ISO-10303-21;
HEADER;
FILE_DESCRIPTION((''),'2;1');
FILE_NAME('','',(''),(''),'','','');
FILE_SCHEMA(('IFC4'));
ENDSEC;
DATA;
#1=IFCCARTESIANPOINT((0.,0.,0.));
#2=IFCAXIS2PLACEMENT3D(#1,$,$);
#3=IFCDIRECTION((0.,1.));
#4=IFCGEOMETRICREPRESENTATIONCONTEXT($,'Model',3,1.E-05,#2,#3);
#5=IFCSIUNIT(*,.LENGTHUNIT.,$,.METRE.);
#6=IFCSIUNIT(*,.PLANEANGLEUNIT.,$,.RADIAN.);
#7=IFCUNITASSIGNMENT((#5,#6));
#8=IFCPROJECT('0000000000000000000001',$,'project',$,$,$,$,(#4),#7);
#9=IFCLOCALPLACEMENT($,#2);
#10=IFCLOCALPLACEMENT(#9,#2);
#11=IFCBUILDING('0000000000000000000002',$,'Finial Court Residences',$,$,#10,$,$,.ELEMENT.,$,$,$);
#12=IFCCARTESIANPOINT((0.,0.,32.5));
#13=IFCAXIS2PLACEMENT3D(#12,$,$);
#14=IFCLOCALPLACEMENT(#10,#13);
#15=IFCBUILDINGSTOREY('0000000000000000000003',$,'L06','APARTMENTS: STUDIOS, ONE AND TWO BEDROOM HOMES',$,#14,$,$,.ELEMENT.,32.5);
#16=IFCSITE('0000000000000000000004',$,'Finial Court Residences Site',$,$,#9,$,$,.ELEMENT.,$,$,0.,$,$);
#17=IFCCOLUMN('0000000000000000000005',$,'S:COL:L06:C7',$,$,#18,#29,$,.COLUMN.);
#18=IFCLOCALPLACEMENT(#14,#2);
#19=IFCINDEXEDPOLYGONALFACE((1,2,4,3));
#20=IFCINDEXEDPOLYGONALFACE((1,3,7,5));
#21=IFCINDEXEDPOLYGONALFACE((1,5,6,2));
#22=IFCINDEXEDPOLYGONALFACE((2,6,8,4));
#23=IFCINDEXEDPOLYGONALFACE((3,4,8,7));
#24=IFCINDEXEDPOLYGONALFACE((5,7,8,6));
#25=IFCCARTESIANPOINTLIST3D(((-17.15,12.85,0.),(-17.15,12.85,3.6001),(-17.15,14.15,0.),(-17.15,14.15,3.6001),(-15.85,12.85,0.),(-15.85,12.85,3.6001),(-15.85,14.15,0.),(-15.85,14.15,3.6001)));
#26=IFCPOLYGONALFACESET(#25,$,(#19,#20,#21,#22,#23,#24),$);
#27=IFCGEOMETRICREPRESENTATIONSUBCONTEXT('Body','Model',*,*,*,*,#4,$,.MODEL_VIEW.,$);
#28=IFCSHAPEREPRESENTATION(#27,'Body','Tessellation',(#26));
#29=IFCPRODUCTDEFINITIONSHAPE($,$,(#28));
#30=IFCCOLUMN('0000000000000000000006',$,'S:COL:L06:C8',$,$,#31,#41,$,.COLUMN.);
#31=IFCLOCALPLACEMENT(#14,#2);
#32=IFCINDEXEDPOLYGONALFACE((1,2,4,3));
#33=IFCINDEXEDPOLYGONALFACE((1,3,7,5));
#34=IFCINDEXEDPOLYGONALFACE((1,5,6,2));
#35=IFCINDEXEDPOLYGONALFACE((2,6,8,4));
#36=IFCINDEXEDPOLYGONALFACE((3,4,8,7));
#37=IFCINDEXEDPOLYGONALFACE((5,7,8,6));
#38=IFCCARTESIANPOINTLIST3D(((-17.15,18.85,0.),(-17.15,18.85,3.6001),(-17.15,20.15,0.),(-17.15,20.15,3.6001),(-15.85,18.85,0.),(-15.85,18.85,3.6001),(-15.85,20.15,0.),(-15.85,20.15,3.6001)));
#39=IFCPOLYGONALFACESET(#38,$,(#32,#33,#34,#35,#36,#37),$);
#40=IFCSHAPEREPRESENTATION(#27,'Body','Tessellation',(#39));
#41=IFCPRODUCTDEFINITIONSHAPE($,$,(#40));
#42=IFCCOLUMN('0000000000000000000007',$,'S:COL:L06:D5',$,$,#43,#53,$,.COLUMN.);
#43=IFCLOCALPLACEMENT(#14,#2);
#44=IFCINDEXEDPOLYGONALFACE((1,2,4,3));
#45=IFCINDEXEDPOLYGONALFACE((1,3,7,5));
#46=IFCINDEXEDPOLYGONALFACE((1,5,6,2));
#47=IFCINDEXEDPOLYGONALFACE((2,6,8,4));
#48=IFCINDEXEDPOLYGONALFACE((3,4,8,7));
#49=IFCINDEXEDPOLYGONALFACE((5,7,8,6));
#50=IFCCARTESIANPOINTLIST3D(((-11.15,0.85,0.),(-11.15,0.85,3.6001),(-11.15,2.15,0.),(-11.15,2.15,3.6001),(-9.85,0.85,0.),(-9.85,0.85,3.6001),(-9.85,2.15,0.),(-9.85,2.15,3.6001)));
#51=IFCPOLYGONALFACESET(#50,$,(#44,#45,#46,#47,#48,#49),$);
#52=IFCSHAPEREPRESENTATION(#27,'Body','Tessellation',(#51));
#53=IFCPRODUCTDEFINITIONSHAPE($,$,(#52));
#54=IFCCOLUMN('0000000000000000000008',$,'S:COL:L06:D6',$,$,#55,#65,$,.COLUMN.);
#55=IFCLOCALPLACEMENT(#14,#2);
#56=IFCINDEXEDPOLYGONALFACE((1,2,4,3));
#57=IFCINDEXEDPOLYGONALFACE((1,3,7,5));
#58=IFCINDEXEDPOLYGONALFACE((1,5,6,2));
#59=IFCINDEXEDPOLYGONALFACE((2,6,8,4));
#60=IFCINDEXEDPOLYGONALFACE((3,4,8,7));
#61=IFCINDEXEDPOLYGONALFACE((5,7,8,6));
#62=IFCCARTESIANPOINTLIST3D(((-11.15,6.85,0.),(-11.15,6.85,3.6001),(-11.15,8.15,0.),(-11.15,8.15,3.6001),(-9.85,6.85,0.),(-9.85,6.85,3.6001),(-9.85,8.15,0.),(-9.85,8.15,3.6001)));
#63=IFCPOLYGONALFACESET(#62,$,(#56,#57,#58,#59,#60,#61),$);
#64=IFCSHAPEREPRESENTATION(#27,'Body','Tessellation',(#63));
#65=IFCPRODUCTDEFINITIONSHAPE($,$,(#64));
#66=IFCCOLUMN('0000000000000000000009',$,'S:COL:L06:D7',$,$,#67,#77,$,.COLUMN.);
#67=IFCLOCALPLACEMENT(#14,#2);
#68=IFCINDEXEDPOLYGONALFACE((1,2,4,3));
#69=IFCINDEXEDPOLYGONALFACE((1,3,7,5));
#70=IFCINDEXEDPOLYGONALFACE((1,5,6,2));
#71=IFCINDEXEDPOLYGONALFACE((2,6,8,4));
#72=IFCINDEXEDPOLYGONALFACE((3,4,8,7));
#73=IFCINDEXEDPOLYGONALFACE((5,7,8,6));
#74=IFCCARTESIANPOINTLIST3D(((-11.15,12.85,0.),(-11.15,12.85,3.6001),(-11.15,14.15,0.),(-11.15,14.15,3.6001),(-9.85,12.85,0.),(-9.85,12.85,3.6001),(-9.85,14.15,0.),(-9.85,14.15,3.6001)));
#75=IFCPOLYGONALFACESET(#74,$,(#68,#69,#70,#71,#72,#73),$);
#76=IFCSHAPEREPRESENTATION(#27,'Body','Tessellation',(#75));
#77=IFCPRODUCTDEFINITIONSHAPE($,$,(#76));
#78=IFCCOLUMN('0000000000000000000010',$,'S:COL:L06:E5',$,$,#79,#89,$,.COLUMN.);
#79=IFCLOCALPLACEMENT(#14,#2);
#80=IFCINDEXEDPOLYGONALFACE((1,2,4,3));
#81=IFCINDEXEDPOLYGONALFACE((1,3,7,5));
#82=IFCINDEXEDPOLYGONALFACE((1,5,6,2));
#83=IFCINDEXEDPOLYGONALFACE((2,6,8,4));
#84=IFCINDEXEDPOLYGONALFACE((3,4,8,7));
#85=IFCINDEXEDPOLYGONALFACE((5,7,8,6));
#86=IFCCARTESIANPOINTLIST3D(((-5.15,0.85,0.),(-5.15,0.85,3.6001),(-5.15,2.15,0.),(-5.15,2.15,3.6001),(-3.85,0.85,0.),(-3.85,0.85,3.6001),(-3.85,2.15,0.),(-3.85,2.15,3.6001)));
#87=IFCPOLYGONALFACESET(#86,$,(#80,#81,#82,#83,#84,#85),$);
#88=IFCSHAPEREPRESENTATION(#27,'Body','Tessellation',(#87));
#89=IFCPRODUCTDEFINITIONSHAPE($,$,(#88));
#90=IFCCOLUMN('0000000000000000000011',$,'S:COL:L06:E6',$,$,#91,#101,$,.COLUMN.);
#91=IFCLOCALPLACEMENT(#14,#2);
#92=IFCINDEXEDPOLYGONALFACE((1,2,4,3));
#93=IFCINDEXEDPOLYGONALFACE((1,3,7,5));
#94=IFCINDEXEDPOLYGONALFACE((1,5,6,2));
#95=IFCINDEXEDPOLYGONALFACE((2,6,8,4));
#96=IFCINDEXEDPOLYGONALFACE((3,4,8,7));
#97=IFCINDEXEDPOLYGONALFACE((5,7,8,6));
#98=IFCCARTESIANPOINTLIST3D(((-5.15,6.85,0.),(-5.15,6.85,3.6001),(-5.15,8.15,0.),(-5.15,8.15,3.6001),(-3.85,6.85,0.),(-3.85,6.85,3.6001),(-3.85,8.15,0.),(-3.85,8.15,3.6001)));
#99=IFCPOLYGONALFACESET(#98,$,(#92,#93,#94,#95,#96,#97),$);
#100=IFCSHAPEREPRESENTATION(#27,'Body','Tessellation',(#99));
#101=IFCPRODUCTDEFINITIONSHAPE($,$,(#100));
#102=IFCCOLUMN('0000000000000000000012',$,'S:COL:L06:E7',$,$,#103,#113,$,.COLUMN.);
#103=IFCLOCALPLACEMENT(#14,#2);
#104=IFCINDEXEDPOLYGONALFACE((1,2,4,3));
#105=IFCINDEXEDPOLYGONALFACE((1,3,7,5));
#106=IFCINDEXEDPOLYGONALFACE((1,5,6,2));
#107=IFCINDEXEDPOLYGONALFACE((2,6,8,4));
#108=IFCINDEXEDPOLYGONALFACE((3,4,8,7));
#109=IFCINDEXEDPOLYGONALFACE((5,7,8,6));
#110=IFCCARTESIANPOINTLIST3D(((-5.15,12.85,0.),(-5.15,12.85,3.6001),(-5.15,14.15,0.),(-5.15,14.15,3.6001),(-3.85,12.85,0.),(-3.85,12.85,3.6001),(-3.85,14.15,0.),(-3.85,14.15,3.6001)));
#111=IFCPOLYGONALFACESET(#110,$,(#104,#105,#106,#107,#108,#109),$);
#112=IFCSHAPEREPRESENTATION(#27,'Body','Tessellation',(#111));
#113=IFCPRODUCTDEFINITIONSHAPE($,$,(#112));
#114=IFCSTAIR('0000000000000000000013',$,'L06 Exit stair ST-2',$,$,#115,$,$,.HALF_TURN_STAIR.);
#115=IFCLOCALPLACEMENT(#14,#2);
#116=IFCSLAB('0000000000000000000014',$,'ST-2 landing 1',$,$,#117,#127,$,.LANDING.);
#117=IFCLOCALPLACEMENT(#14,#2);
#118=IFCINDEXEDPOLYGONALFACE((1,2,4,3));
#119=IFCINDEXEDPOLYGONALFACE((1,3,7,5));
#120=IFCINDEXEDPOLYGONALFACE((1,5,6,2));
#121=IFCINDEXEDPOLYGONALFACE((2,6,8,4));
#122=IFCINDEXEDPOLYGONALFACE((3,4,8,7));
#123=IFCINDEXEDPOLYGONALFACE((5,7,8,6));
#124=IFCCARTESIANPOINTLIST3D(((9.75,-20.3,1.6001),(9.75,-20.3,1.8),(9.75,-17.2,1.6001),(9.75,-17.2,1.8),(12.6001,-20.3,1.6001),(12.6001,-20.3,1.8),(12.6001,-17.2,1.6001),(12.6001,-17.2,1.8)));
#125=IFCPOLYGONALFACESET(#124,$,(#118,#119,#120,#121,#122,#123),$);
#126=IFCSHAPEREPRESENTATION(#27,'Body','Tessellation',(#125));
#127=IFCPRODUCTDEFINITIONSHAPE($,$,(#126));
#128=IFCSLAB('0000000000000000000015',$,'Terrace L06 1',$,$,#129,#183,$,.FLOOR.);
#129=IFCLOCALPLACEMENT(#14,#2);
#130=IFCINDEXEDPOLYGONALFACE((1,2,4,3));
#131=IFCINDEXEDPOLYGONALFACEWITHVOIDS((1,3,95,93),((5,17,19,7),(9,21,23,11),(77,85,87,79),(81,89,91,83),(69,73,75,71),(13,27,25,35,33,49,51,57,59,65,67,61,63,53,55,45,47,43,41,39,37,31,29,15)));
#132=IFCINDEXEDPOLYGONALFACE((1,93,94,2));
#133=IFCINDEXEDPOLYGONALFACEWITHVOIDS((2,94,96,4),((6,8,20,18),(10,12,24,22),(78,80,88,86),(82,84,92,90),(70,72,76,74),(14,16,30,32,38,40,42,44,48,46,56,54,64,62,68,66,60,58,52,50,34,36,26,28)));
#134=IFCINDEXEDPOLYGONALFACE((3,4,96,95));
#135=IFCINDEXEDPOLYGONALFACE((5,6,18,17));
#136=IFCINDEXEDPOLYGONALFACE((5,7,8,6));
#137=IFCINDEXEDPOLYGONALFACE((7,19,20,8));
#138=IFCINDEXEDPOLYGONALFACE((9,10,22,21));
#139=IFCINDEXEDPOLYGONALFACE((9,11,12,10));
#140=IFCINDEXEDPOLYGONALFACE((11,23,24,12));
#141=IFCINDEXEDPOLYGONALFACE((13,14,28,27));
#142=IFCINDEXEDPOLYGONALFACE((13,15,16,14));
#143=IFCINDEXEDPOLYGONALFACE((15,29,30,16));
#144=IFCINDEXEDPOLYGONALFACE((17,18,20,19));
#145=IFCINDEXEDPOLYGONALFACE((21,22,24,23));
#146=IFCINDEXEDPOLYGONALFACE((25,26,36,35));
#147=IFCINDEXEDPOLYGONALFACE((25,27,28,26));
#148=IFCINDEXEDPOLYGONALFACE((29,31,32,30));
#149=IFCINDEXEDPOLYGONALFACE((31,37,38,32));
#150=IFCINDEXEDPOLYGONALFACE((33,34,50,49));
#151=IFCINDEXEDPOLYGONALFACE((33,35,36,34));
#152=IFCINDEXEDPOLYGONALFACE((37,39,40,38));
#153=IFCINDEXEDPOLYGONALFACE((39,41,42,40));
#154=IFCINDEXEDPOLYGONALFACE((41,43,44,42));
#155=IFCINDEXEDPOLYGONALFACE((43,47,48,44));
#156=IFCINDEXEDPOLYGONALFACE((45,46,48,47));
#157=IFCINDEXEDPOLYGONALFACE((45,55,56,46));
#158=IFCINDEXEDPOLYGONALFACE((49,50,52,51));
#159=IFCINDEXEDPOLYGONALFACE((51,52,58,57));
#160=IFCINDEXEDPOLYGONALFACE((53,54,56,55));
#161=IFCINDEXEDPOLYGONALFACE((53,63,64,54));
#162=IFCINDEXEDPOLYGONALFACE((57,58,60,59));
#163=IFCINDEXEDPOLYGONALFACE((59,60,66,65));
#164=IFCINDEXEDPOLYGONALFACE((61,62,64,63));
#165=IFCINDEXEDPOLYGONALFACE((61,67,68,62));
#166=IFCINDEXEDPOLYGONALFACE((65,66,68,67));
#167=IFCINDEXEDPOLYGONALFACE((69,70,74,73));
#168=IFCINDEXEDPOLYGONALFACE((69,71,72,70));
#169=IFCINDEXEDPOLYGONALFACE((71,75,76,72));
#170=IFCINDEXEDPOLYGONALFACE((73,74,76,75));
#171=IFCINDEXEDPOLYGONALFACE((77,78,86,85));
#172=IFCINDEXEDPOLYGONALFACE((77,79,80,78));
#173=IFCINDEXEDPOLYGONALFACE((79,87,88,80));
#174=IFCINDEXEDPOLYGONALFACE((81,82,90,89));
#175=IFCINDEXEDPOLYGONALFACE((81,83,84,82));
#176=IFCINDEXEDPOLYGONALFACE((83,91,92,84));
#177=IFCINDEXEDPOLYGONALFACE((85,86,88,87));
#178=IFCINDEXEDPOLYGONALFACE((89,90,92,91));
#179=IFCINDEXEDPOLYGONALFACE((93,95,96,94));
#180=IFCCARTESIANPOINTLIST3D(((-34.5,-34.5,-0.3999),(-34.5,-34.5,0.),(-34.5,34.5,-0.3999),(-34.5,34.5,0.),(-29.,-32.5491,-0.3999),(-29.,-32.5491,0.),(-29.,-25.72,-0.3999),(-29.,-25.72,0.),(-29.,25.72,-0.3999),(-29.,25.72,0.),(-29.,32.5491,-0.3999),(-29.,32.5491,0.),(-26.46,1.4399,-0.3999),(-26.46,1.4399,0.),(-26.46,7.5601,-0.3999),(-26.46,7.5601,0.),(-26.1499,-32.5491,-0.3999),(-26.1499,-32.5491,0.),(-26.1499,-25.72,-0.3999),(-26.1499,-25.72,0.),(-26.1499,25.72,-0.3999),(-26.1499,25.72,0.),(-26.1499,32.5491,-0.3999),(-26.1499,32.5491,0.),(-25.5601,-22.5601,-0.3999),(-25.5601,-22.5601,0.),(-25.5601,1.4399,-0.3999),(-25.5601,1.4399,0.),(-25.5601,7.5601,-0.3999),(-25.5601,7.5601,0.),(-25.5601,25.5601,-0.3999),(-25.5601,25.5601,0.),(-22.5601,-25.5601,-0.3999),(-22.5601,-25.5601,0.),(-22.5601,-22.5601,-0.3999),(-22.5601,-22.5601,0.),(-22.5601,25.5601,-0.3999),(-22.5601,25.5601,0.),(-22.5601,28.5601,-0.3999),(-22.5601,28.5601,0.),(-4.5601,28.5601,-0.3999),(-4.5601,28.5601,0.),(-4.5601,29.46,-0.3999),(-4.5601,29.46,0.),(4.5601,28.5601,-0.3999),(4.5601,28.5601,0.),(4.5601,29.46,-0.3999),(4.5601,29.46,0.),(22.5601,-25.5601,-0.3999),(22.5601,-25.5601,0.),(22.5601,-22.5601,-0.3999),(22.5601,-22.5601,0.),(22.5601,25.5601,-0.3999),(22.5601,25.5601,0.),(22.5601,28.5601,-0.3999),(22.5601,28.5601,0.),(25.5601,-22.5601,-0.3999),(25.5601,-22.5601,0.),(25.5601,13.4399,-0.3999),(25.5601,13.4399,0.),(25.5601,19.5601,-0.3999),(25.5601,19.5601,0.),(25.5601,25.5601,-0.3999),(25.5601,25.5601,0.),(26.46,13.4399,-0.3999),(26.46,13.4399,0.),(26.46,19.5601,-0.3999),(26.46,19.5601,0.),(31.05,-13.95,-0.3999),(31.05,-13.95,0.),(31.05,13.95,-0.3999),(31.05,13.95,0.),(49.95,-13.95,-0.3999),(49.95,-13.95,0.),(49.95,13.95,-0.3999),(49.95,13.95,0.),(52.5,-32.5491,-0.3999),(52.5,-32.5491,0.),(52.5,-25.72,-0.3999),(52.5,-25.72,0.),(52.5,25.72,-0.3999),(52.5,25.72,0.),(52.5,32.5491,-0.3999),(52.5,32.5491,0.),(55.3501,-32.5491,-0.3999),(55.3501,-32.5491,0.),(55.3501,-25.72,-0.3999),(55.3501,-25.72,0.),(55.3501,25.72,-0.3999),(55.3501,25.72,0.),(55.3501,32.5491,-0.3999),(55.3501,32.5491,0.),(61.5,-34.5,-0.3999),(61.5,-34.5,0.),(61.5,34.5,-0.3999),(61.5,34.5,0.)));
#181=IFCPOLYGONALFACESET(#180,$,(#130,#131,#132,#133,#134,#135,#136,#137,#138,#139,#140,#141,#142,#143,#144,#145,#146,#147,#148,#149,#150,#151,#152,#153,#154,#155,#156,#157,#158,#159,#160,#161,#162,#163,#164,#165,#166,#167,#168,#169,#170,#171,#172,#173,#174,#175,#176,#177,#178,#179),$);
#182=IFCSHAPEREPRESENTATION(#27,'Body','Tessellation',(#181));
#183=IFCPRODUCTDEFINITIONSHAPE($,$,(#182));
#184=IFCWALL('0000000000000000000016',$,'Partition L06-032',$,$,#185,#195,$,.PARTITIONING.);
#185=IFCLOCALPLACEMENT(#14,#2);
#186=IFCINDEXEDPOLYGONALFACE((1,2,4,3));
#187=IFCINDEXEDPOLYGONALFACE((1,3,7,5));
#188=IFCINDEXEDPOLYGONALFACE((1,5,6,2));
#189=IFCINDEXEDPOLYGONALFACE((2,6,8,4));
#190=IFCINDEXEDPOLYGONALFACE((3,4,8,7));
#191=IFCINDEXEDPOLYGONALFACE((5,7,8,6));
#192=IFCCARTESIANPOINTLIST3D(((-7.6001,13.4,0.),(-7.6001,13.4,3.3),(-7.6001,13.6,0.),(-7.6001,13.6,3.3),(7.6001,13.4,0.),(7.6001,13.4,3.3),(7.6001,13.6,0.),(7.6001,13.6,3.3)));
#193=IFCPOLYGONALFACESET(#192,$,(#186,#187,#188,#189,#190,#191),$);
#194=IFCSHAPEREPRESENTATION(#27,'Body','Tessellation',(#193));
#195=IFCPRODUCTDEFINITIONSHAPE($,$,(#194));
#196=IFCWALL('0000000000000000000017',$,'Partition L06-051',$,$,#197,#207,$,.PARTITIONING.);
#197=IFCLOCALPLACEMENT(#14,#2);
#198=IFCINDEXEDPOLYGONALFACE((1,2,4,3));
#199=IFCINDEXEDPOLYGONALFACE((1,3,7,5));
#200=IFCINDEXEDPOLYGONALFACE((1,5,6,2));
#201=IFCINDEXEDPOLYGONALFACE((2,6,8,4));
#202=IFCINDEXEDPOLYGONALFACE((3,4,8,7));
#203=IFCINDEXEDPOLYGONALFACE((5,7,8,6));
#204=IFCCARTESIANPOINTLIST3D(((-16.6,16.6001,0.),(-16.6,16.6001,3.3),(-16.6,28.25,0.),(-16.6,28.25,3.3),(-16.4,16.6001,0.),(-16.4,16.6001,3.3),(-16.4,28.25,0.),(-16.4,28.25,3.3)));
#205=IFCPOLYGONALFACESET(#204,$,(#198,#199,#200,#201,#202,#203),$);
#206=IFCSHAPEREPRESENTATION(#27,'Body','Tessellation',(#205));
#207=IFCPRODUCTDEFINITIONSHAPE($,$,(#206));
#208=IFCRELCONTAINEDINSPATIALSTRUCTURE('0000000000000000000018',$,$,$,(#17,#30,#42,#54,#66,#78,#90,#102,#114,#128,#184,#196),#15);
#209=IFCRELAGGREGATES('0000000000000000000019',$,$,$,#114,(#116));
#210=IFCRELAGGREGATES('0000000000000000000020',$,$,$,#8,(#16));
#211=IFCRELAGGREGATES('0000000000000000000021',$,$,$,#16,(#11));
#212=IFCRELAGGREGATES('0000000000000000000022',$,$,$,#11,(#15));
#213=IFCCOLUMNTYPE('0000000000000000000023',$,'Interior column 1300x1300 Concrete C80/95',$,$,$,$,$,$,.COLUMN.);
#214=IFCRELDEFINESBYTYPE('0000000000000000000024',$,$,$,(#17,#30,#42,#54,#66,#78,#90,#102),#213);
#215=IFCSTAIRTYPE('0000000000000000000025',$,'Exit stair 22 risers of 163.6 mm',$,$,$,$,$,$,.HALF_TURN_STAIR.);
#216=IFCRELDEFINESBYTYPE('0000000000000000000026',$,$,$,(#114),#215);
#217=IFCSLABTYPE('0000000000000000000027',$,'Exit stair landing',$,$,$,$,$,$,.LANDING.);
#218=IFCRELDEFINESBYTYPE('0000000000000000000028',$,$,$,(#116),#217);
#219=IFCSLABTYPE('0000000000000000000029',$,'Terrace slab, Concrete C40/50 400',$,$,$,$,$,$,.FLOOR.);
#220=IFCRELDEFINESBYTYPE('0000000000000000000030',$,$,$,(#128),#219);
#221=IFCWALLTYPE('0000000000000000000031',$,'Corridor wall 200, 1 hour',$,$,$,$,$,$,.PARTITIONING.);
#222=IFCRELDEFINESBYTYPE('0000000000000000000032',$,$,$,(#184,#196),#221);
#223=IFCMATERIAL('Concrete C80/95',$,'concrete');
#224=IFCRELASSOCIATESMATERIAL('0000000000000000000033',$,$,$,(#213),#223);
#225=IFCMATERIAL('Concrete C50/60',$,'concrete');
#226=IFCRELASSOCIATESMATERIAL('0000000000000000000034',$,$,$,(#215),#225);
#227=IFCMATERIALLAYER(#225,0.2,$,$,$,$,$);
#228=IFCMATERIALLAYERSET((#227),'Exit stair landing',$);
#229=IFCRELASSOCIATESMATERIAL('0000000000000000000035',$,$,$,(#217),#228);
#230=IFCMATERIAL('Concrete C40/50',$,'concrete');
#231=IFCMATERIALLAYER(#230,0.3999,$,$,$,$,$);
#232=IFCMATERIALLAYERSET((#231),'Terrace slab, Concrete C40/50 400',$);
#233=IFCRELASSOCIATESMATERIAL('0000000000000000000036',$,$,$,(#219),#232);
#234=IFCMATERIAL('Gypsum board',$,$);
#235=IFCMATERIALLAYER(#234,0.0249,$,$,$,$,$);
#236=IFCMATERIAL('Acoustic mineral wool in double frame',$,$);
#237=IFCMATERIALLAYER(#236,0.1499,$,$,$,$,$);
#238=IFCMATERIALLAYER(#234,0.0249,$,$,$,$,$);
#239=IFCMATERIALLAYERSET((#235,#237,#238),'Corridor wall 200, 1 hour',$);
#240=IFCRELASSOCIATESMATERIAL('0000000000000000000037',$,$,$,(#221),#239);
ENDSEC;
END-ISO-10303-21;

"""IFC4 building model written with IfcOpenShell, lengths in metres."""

from ifc_helpers import new_model, si_unit, direction, frame, frame_2d, origin, origin_2d, place, context, subcontext, project, spatial, polyline, rectangle, outline, extrude, material, layer, layer_set, material_profile, profile_set, type_object, element, aggregate, save


model = new_model("IFC4")

# Units and contexts
model_context = context("Model", 3, precision=1e-05, world=origin(), true_north=direction((0.0, 1.0)))
body_context = subcontext(model_context, "Body", "Model", "MODEL_VIEW")
ifc_project = project(units=[si_unit("LENGTHUNIT", "METRE"), si_unit("PLANEANGLEUNIT", "RADIAN")], contexts=[model_context])

# Site, building, storey
site_placement = place(None, origin())
site = spatial("IfcSite", under=ifc_project, at=site_placement, Name="Finial Court Residences Site", CompositionType="ELEMENT", RefElevation=0.0)
building_placement = place(site_placement, origin())
building = spatial("IfcBuilding", under=site, at=building_placement, Name="Finial Court Residences", CompositionType="ELEMENT")
storey_placement = place(building_placement, frame((0.0, 0.0, 32.5)))
storey = spatial("IfcBuildingStorey", under=building, at=storey_placement, Name="L06", Description="APARTMENTS: STUDIOS, ONE AND TWO BEDROOM HOMES", CompositionType="ELEMENT", Elevation=32.5)

# Columns
ifc_material_1 = material(Name="Concrete C80/95", Category="concrete")
ifc_material_profile = material_profile(ifc_material_1, rectangle(XDim=1.3, YDim=1.3, at=origin_2d()), Name="1300x1300")
ifc_profile_set = profile_set([ifc_material_profile], Name="Concrete C80/95")
column_type = type_object("IfcColumnType", Name="Interior column 1300x1300 Concrete C80/95", PredefinedType="COLUMN", material=ifc_profile_set)
for number, where, z_axis, x_axis, name in (
    (1, (-16.5, 13.5, 0.0), (0.0, 0.0, 1.0), (1.0, 0.0, 0.0), "S:COL:L06:C7"),
    (2, (-16.5, 19.5, 0.0), (0.0, 0.0, 1.0), (1.0, 0.0, 0.0), "S:COL:L06:C8"),
    (3, (-10.5, 1.5, 0.0), (0.0, 0.0, 1.0), (1.0, 0.0, 0.0), "S:COL:L06:D5"),
    (4, (-10.5, 7.5, 0.0), (0.0, 0.0, 1.0), (1.0, 0.0, 0.0), "S:COL:L06:D6"),
    (5, (-10.5, 13.5, 0.0), (0.0, 0.0, 1.0), (1.0, 0.0, 0.0), "S:COL:L06:D7"),
    (6, (-4.5, 1.5, 0.0), (0.0, 0.0, 1.0), (1.0, 0.0, 0.0), "S:COL:L06:E5"),
    (7, (-4.5, 7.5, 0.0), (0.0, 0.0, 1.0), (1.0, 0.0, 0.0), "S:COL:L06:E6"),
    (8, (-4.5, 13.5, 0.0), (0.0, 0.0, 1.0), (1.0, 0.0, 0.0), "S:COL:L06:E7"),
):
    element("IfcColumn", number, at=place(storey_placement, frame(where, z_axis=z_axis, x_axis=x_axis)), inside=storey, type_object=column_type, Name=name, PredefinedType="COLUMN", context=body_context, shape_type="SweptSolid", body=[
        extrude(rectangle(XDim=1.3, YDim=1.3, at=origin_2d()), origin(), (0.0, 0.0, 1.0), 3.6001),
    ])

# Stair, slab
ifc_material_2 = material(Name="Concrete C50/60", Category="concrete")
stair_type = type_object("IfcStairType", Name="Exit stair 22 risers of 163.6 mm", PredefinedType="HALF_TURN_STAIR", material=ifc_material_2)
stair_placement = place(storey_placement, origin())
stair = element("IfcStair", 9, at=stair_placement, inside=storey, type_object=stair_type, Name="L06 Exit stair ST-2", PredefinedType="HALF_TURN_STAIR")
ifc_layer_1 = layer(ifc_material_2, 0.2)
ifc_layer_set_1 = layer_set([ifc_layer_1], Name="Exit stair landing")
slab_type_1 = type_object("IfcSlabType", Name="Exit stair landing", PredefinedType="LANDING", material=ifc_layer_set_1)
slab_1_placement = place(storey_placement, frame((0.0, 0.0, 1.6001)))
slab_1 = element("IfcSlab", 10, at=slab_1_placement, type_object=slab_type_1, Name="ST-2 landing 1", PredefinedType="LANDING", context=body_context, shape_type="SweptSolid", body=[
    extrude(outline(polyline([(12.6001, -20.3), (12.6001, -17.2), (9.75, -17.2), (9.75, -20.3), (12.6001, -20.3)])), origin(), (0.0, 0.0, 1.0), 0.2),
])
aggregate(stair, [slab_1])

# Slab
ifc_material_3 = material(Name="Concrete C40/50", Category="concrete")
ifc_layer_2 = layer(ifc_material_3, 0.3999)
ifc_layer_set_2 = layer_set([ifc_layer_2], Name="Terrace slab, Concrete C40/50 400")
slab_type_2 = type_object("IfcSlabType", Name="Terrace slab, Concrete C40/50 400", PredefinedType="FLOOR", material=ifc_layer_set_2)
slab_2_placement = place(storey_placement, frame((0.0, 0.0, -0.3999)))
element("IfcSlab", 11, at=slab_2_placement, inside=storey, type_object=slab_type_2, Name="Terrace L06 1", PredefinedType="FLOOR", context=body_context, shape_type="SweptSolid", body=[
    extrude(outline(polyline([(-34.5, 34.5), (61.5, 34.5), (61.5, -34.5), (-34.5, -34.5), (-34.5, 34.5)]), holes=[polyline([(-29.0, -25.72), (-29.0, -32.5491), (-26.1499, -32.5491), (-26.1499, -25.72), (-29.0, -25.72)]), polyline([(52.5, -25.72), (52.5, -32.5491), (55.3501, -32.5491), (55.3501, -25.72), (52.5, -25.72)]), polyline([(-29.0, 32.5491), (-29.0, 25.72), (-26.1499, 25.72), (-26.1499, 32.5491), (-29.0, 32.5491)]), polyline([(52.5, 32.5491), (52.5, 25.72), (55.3501, 25.72), (55.3501, 32.5491), (52.5, 32.5491)]), polyline([(25.5601, -22.5601), (25.5601, 13.4399), (26.46, 13.4399), (26.46, 19.5601), (25.5601, 19.5601), (25.5601, 25.5601), (22.5601, 25.5601), (22.5601, 28.5601), (4.5601, 28.5601), (4.5601, 29.46), (-4.5601, 29.46), (-4.5601, 28.5601), (-22.5601, 28.5601), (-22.5601, 25.5601), (-25.5601, 25.5601), (-25.5601, 7.5601), (-26.46, 7.5601), (-26.46, 1.4399), (-25.5601, 1.4399), (-25.5601, -22.5601), (-22.5601, -22.5601), (-22.5601, -25.5601), (22.5601, -25.5601), (22.5601, -22.5601), (25.5601, -22.5601)]), polyline([(31.05, 13.95), (31.05, -13.95), (49.95, -13.95), (49.95, 13.95), (31.05, 13.95)])]), origin(), (0.0, 0.0, 1.0), 0.3999),
])

# Walls
ifc_material_4 = material(Name="Gypsum board")
ifc_layer_3 = layer(ifc_material_4, 0.0249)
ifc_material_5 = material(Name="Acoustic mineral wool in double frame")
ifc_layer_4 = layer(ifc_material_5, 0.1499)
ifc_layer_5 = layer(ifc_material_4, 0.0249)
ifc_layer_set_3 = layer_set([ifc_layer_3, ifc_layer_4, ifc_layer_5], Name="Corridor wall 200, 1 hour")
wall_type_1 = type_object("IfcWallType", Name="Corridor wall 200, 1 hour", PredefinedType="PARTITIONING", material=ifc_layer_set_3)
wall_1_placement = place(storey_placement, frame((-7.6001, 13.5, 0.0), z_axis=(0.0, 0.0, 1.0), x_axis=(1.0, 0.0, 0.0)))
element("IfcWall", 12, at=wall_1_placement, inside=storey, type_object=wall_type_1, Name="Partition L06-032", PredefinedType="PARTITIONING", context=body_context, shape_type="SweptSolid", body=[
    extrude(rectangle(XDim=15.2002, YDim=0.2, at=frame_2d((7.6001, 0.0))), origin(), (0.0, 0.0, 1.0), 3.3),
])
for number, where, z_axis, x_axis, name in (
    (13, (-16.5, 16.6001, 0.0), (0.0, 0.0, 1.0), (0.0, 1.0, 0.0), "Partition L06-051"),
):
    element("IfcWall", number, at=place(storey_placement, frame(where, z_axis=z_axis, x_axis=x_axis)), inside=storey, type_object=wall_type_1, Name=name, PredefinedType="PARTITIONING", context=body_context, shape_type="SweptSolid", body=[
        extrude(rectangle(XDim=11.6499, YDim=0.2, at=frame_2d((5.825, 0.0))), origin(), (0.0, 0.0, 1.0), 3.3),
    ])

save(model, "model.ifc")
